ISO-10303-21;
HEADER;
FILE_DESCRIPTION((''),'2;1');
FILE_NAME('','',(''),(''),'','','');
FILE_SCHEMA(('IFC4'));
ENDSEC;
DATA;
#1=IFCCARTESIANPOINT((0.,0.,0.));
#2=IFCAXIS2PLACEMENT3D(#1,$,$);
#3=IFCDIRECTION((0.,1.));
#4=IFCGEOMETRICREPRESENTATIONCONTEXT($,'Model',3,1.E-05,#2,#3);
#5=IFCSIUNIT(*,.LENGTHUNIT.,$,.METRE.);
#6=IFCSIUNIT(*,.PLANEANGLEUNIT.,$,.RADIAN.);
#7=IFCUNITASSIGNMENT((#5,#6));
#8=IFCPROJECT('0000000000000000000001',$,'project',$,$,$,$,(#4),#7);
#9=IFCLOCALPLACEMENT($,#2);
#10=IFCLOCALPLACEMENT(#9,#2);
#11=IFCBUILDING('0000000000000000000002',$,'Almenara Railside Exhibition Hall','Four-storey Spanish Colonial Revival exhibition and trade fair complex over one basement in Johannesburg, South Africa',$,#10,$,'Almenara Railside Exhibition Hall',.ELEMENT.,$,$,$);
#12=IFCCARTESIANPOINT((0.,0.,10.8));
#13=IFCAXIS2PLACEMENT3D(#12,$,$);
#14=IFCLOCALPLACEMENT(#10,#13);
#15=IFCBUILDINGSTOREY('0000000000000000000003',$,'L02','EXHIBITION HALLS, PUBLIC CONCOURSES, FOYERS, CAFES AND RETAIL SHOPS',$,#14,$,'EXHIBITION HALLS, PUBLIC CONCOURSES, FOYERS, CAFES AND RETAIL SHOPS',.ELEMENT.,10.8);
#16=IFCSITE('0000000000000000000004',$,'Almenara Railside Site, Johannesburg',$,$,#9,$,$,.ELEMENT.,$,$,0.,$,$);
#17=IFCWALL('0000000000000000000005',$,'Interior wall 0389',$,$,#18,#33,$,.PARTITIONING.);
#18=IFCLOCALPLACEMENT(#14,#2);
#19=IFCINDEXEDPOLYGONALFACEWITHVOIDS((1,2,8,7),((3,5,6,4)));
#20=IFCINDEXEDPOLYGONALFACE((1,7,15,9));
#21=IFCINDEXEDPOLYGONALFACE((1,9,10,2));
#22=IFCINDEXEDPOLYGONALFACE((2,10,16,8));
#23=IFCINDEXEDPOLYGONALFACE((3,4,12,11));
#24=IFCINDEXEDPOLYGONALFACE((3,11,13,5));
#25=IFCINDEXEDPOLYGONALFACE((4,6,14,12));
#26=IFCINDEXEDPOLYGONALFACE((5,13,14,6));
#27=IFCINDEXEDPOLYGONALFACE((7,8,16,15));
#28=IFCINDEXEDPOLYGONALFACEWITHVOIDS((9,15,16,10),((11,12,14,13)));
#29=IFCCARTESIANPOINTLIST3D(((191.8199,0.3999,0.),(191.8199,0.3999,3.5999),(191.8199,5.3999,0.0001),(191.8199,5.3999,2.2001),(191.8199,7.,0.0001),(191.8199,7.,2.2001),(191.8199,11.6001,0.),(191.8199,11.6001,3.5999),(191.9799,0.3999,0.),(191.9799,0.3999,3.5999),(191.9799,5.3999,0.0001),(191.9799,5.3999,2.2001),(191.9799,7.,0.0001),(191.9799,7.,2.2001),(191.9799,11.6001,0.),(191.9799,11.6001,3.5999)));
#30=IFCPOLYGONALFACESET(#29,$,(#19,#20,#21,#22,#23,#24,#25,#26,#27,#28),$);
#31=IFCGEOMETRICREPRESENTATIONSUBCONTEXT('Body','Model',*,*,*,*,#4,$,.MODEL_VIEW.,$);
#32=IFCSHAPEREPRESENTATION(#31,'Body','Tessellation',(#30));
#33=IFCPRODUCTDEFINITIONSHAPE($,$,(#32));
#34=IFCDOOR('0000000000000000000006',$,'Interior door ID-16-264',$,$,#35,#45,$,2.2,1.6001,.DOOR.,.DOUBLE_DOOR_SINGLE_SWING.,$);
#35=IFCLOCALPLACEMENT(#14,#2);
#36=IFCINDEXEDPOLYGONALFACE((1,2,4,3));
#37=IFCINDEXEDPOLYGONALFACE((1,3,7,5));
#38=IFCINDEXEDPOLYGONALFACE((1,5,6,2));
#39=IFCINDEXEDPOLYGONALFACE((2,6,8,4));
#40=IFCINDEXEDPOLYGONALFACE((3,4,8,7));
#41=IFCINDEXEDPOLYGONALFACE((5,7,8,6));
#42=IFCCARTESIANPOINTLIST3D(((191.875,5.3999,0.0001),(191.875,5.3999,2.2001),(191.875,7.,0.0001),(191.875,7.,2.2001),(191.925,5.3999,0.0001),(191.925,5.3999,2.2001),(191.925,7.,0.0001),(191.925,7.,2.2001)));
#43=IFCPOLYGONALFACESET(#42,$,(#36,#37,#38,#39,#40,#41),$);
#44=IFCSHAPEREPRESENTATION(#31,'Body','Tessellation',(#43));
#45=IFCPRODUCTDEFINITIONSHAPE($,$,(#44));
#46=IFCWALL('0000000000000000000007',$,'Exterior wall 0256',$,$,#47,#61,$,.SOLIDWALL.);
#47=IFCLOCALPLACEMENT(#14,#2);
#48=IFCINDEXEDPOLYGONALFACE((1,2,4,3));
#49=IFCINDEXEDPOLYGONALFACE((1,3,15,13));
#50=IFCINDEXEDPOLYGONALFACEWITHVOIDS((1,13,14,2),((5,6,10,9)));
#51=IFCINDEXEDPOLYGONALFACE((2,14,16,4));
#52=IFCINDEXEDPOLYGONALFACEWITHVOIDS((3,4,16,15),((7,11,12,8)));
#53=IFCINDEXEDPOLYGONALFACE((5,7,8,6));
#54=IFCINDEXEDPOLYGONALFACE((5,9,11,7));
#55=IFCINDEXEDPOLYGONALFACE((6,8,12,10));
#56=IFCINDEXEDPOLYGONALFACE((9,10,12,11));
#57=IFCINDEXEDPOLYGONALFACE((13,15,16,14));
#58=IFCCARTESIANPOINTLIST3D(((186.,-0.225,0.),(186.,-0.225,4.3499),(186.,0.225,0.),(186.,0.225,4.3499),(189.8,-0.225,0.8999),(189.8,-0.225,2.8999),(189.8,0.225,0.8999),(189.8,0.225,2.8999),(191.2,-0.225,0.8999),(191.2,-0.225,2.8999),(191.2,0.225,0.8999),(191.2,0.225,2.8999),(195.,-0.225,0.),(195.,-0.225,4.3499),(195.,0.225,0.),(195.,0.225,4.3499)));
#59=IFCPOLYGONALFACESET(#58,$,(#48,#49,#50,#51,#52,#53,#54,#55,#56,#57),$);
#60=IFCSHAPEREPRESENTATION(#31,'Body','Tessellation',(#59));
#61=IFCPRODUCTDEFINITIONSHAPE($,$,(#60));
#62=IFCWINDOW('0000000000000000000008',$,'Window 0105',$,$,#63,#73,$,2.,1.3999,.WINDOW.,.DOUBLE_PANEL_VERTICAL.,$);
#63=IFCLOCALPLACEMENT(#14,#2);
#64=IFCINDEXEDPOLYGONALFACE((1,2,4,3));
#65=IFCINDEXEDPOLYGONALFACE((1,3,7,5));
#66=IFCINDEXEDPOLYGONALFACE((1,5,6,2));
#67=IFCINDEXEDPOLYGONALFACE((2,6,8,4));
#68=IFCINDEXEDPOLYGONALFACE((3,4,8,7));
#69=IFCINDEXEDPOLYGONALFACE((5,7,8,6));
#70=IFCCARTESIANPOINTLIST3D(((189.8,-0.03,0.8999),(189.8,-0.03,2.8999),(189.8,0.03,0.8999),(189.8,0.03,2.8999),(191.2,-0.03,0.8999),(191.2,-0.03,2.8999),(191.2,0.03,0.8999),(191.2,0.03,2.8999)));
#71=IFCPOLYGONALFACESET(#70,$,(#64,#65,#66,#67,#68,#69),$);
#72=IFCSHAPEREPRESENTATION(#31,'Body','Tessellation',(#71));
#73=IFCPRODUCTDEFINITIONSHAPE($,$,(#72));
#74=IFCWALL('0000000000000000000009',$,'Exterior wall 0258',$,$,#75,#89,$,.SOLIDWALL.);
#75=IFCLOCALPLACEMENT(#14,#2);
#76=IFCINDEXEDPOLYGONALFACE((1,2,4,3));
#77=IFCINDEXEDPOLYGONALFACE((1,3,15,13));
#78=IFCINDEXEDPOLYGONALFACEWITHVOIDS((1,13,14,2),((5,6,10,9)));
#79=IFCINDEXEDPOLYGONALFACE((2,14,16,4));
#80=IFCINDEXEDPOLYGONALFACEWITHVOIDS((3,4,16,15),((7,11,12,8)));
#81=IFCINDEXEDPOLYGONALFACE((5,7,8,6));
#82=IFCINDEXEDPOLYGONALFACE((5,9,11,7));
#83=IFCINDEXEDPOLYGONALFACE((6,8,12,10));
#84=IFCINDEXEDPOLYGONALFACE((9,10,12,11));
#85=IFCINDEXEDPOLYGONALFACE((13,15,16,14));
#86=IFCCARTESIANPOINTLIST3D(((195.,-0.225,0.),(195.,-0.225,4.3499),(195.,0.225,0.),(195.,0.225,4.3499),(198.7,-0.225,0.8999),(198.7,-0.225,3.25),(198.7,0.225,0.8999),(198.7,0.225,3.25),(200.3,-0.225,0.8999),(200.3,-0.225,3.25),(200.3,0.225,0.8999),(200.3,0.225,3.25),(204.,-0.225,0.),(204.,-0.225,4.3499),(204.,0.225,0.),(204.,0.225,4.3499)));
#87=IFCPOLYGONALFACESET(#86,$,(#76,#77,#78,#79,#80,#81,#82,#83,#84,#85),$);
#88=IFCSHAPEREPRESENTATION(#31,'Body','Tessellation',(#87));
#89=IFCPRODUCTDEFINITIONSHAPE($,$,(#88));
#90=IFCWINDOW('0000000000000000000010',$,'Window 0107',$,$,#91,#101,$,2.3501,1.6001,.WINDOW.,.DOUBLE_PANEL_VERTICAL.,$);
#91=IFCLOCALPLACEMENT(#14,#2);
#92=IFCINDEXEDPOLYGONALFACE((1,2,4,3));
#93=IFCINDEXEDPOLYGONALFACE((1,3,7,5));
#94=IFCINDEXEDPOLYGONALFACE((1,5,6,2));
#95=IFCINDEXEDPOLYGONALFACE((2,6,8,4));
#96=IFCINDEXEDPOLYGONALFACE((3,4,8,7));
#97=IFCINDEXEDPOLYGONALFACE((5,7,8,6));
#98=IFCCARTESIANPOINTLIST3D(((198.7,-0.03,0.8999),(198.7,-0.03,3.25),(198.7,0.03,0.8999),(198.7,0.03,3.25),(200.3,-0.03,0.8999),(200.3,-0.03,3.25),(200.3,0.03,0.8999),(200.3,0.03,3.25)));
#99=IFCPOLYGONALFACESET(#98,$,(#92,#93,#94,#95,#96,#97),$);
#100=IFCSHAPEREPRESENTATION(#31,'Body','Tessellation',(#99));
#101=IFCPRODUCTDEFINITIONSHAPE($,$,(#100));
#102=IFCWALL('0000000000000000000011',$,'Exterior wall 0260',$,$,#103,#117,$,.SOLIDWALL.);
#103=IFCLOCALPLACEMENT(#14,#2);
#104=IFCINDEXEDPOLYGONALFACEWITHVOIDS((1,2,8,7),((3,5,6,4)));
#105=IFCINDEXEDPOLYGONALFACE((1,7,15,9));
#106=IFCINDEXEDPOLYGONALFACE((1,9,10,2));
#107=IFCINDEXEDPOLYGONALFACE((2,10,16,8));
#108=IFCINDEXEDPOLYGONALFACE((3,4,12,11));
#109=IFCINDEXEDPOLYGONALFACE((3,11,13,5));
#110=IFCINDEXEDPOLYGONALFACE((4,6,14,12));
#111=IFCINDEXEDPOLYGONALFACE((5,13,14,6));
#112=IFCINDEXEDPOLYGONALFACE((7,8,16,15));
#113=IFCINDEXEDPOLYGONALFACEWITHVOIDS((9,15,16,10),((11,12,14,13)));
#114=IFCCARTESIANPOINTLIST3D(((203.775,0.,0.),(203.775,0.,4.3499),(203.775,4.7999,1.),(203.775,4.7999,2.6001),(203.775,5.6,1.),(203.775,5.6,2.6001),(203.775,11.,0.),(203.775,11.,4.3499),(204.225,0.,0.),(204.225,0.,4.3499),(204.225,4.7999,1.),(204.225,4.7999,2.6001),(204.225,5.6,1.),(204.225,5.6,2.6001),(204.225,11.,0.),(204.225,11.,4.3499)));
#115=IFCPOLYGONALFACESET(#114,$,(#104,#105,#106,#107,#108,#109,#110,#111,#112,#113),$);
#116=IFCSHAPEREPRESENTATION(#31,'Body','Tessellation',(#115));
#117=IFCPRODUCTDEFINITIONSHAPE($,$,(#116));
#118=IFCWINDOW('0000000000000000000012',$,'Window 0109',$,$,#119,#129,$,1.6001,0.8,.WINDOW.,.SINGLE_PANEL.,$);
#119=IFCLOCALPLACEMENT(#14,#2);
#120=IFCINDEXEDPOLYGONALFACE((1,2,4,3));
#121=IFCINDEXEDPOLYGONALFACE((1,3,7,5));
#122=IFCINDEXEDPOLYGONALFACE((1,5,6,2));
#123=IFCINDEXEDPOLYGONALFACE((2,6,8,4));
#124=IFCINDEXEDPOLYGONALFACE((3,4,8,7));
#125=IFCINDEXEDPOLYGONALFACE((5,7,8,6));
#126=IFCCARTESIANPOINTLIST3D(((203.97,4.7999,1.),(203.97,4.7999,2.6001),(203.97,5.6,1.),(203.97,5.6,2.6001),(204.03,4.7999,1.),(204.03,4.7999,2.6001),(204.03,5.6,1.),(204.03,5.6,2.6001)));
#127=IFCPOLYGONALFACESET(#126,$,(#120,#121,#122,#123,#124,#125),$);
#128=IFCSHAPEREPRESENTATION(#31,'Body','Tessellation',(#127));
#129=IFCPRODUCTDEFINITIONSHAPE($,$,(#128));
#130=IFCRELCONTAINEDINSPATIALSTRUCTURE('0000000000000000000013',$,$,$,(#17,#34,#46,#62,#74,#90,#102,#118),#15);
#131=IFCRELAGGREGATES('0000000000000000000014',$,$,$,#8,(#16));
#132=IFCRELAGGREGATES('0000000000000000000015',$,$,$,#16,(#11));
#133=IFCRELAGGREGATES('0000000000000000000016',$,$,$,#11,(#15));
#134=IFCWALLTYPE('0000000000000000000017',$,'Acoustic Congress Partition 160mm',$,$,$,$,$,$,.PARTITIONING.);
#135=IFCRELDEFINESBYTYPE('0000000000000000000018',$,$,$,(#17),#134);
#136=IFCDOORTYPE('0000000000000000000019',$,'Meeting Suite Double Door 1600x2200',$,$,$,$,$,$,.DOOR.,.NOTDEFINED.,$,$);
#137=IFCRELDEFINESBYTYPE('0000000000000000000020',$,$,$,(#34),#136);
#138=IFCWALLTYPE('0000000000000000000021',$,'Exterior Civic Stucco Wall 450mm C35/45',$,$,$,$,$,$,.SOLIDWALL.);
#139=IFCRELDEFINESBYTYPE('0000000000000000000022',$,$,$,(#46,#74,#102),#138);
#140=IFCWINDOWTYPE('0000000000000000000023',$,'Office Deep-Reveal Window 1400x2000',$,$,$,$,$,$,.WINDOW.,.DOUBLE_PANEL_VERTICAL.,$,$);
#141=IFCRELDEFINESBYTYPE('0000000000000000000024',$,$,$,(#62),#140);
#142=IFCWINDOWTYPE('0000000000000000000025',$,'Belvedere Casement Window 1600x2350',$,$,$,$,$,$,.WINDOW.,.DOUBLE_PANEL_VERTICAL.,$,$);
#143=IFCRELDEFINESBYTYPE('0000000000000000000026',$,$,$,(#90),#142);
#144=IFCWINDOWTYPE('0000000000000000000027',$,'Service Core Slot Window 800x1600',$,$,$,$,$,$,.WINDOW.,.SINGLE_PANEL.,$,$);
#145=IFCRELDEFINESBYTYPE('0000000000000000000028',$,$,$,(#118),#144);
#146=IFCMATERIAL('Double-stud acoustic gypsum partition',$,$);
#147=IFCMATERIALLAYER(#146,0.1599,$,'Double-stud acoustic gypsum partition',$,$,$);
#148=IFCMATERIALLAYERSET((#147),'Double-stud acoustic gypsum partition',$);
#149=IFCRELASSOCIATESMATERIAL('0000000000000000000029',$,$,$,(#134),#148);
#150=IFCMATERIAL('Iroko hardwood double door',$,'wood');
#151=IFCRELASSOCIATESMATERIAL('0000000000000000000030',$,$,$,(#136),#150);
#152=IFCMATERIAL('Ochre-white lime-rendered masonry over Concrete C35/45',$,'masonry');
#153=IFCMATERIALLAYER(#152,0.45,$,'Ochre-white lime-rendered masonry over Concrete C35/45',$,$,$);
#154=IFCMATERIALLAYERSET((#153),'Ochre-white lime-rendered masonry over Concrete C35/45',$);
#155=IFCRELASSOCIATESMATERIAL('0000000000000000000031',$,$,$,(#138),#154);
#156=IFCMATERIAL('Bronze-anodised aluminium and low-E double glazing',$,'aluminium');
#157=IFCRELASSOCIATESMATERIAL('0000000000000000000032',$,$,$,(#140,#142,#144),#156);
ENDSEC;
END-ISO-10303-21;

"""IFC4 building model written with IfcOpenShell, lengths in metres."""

from ifc_helpers import new_model, si_unit, direction, frame, frame_2d, origin, place, context, subcontext, project, spatial, rectangle, extrude, material, layer, layer_set, type_object, element, fill, save


model = new_model("IFC4")

# Units and contexts
model_context = context("Model", 3, precision=1e-05, world=origin(), true_north=direction((0.0, 1.0)))
body_context = subcontext(model_context, "Body", "Model", "MODEL_VIEW")
ifc_project = project(units=[si_unit("LENGTHUNIT", "METRE"), si_unit("PLANEANGLEUNIT", "RADIAN")], contexts=[model_context])

# Site, building, storey
site_placement = place(None, origin())
site = spatial("IfcSite", under=ifc_project, at=site_placement, Name="Almenara Railside Site, Johannesburg", CompositionType="ELEMENT", RefElevation=0.0)
building_placement = place(site_placement, origin())
building = spatial("IfcBuilding", under=site, at=building_placement, Name="Almenara Railside Exhibition Hall", Description="Four-storey Spanish Colonial Revival exhibition and trade fair complex over one basement in Johannesburg, South Africa", LongName="Almenara Railside Exhibition Hall", CompositionType="ELEMENT")
storey_placement = place(building_placement, frame((0.0, 0.0, 10.8)))
storey = spatial("IfcBuildingStorey", under=building, at=storey_placement, Name="L02", Description="EXHIBITION HALLS, PUBLIC CONCOURSES, FOYERS, CAFES AND RETAIL SHOPS", LongName="EXHIBITION HALLS, PUBLIC CONCOURSES, FOYERS, CAFES AND RETAIL SHOPS", CompositionType="ELEMENT", Elevation=10.8)

# Wall, opening, door
ifc_material_1 = material(Name="Double-stud acoustic gypsum partition")
ifc_layer_1 = layer(ifc_material_1, 0.1599, Name="Double-stud acoustic gypsum partition")
ifc_layer_set_1 = layer_set([ifc_layer_1], Name="Double-stud acoustic gypsum partition")
wall_type_1 = type_object("IfcWallType", Name="Acoustic Congress Partition 160mm", PredefinedType="PARTITIONING", material=ifc_layer_set_1)
wall_1_placement = place(storey_placement, frame((191.8999, 0.3999, 0.0), z_axis=(0.0, 0.0, 1.0), x_axis=(0.0, 1.0, 0.0)))
wall_1 = element("IfcWall", 1, at=wall_1_placement, inside=storey, type_object=wall_type_1, Name="Interior wall 0389", PredefinedType="PARTITIONING", context=body_context, shape_type="SweptSolid", body=[
    extrude(rectangle(XDim=11.2002, YDim=0.1599, at=frame_2d((5.6001, 0.0))), origin(), (0.0, 0.0, 1.0), 3.5999),
])
opening_1_placement = place(wall_1_placement, frame((5.0, 0.0, 0.0)))
opening_1 = element("IfcOpeningElement", 2, at=opening_1_placement, cuts=wall_1, PredefinedType="OPENING", context=body_context, shape_type="SweptSolid", body=[
    extrude(rectangle(XDim=1.6001, YDim=2.2, at=frame_2d((0.8, 1.1001))), frame((0.0, 0.0898, 0.0), z_axis=(0.0, -1.0, 0.0), x_axis=(1.0, 0.0, 0.0)), (0.0, 0.0, 1.0), 0.1799),
])
ifc_material_2 = material(Name="Iroko hardwood double door", Category="wood")
door_type = type_object("IfcDoorType", Name="Meeting Suite Double Door 1600x2200", OperationType="NOTDEFINED", PredefinedType="DOOR", material=ifc_material_2)
door_placement = place(opening_1_placement, origin())
door = element("IfcDoor", 3, at=door_placement, inside=storey, type_object=door_type, Name="Interior door ID-16-264", OperationType="DOUBLE_DOOR_SINGLE_SWING", OverallHeight=2.2, OverallWidth=1.6001, PredefinedType="DOOR", context=body_context, shape_type="SweptSolid", body=[
    extrude(rectangle(XDim=1.6001, YDim=2.2, at=frame_2d((0.8, 1.1001))), frame((0.0, 0.0249, 0.0), z_axis=(0.0, -1.0, 0.0), x_axis=(1.0, 0.0, 0.0)), (0.0, 0.0, 1.0), 0.05),
])
fill(opening_1, door)

# Walls, openings, windows
ifc_material_3 = material(Name="Ochre-white lime-rendered masonry over Concrete C35/45", Category="masonry")
ifc_layer_2 = layer(ifc_material_3, 0.45, Name="Ochre-white lime-rendered masonry over Concrete C35/45")
ifc_layer_set_2 = layer_set([ifc_layer_2], Name="Ochre-white lime-rendered masonry over Concrete C35/45")
wall_type_2 = type_object("IfcWallType", Name="Exterior Civic Stucco Wall 450mm C35/45", PredefinedType="SOLIDWALL", material=ifc_layer_set_2)
wall_2_placement = place(storey_placement, frame((186.0, 0.0, 0.0), z_axis=(0.0, 0.0, 1.0), x_axis=(1.0, 0.0, 0.0)))
wall_2 = element("IfcWall", 4, at=wall_2_placement, inside=storey, type_object=wall_type_2, Name="Exterior wall 0256", PredefinedType="SOLIDWALL", context=body_context, shape_type="SweptSolid", body=[
    extrude(rectangle(XDim=9.0, YDim=0.45, at=frame_2d((4.5, 0.0))), origin(), (0.0, 0.0, 1.0), 4.3499),
])
opening_2_placement = place(wall_2_placement, frame((3.8, 0.0, 0.8999)))
opening_2 = element("IfcOpeningElement", 5, at=opening_2_placement, cuts=wall_2, PredefinedType="OPENING", context=body_context, shape_type="SweptSolid", body=[
    extrude(rectangle(XDim=1.3999, YDim=2.0, at=frame_2d((0.7, 1.0))), frame((0.0, 0.2349, 0.0), z_axis=(0.0, -1.0, 0.0), x_axis=(1.0, 0.0, 0.0)), (0.0, 0.0, 1.0), 0.47),
])
ifc_material_4 = material(Name="Bronze-anodised aluminium and low-E double glazing", Category="aluminium")
window_type_1 = type_object("IfcWindowType", Name="Office Deep-Reveal Window 1400x2000", PartitioningType="DOUBLE_PANEL_VERTICAL", PredefinedType="WINDOW", material=ifc_material_4)
window_1_placement = place(opening_2_placement, origin())
window_1 = element("IfcWindow", 6, at=window_1_placement, inside=storey, type_object=window_type_1, Name="Window 0105", OverallHeight=2.0, OverallWidth=1.3999, PartitioningType="DOUBLE_PANEL_VERTICAL", PredefinedType="WINDOW", context=body_context, shape_type="SweptSolid", body=[
    extrude(rectangle(XDim=1.3999, YDim=2.0, at=frame_2d((0.7, 1.0))), frame((0.0, 0.03, 0.0), z_axis=(0.0, -1.0, 0.0), x_axis=(1.0, 0.0, 0.0)), (0.0, 0.0, 1.0), 0.0601),
])
fill(opening_2, window_1)
wall_3_placement = place(storey_placement, frame((195.0, 0.0, 0.0), z_axis=(0.0, 0.0, 1.0), x_axis=(1.0, 0.0, 0.0)))
wall_3 = element("IfcWall", 7, at=wall_3_placement, inside=storey, type_object=wall_type_2, Name="Exterior wall 0258", PredefinedType="SOLIDWALL", context=body_context, shape_type="SweptSolid", body=[
    extrude(rectangle(XDim=9.0, YDim=0.45, at=frame_2d((4.5, 0.0))), origin(), (0.0, 0.0, 1.0), 4.3499),
])
opening_3_placement = place(wall_3_placement, frame((3.7, 0.0, 0.8999)))
opening_3 = element("IfcOpeningElement", 8, at=opening_3_placement, cuts=wall_3, PredefinedType="OPENING", context=body_context, shape_type="SweptSolid", body=[
    extrude(rectangle(XDim=1.6001, YDim=2.3501, at=frame_2d((0.8, 1.175))), frame((0.0, 0.2349, 0.0), z_axis=(0.0, -1.0, 0.0), x_axis=(1.0, 0.0, 0.0)), (0.0, 0.0, 1.0), 0.47),
])
window_type_2 = type_object("IfcWindowType", Name="Belvedere Casement Window 1600x2350", PartitioningType="DOUBLE_PANEL_VERTICAL", PredefinedType="WINDOW", material=ifc_material_4)
window_2_placement = place(opening_3_placement, origin())
window_2 = element("IfcWindow", 9, at=window_2_placement, inside=storey, type_object=window_type_2, Name="Window 0107", OverallHeight=2.3501, OverallWidth=1.6001, PartitioningType="DOUBLE_PANEL_VERTICAL", PredefinedType="WINDOW", context=body_context, shape_type="SweptSolid", body=[
    extrude(rectangle(XDim=1.6001, YDim=2.3501, at=frame_2d((0.8, 1.175))), frame((0.0, 0.03, 0.0), z_axis=(0.0, -1.0, 0.0), x_axis=(1.0, 0.0, 0.0)), (0.0, 0.0, 1.0), 0.0601),
])
fill(opening_3, window_2)
wall_4_placement = place(storey_placement, frame((204.0, 0.0, 0.0), z_axis=(0.0, 0.0, 1.0), x_axis=(0.0, 1.0, 0.0)))
wall_4 = element("IfcWall", 10, at=wall_4_placement, inside=storey, type_object=wall_type_2, Name="Exterior wall 0260", PredefinedType="SOLIDWALL", context=body_context, shape_type="SweptSolid", body=[
    extrude(rectangle(XDim=11.0, YDim=0.45, at=frame_2d((5.5, 0.0))), origin(), (0.0, 0.0, 1.0), 4.3499),
])
opening_4_placement = place(wall_4_placement, frame((4.8, 0.0, 1.0)))
opening_4 = element("IfcOpeningElement", 11, at=opening_4_placement, cuts=wall_4, PredefinedType="OPENING", context=body_context, shape_type="SweptSolid", body=[
    extrude(rectangle(XDim=0.8, YDim=1.6001, at=frame_2d((0.3999, 0.8))), frame((0.0, 0.2349, 0.0), z_axis=(0.0, -1.0, 0.0), x_axis=(1.0, 0.0, 0.0)), (0.0, 0.0, 1.0), 0.47),
])
window_type_3 = type_object("IfcWindowType", Name="Service Core Slot Window 800x1600", PartitioningType="SINGLE_PANEL", PredefinedType="WINDOW", material=ifc_material_4)
window_3_placement = place(opening_4_placement, origin())
window_3 = element("IfcWindow", 12, at=window_3_placement, inside=storey, type_object=window_type_3, Name="Window 0109", OverallHeight=1.6001, OverallWidth=0.8, PartitioningType="SINGLE_PANEL", PredefinedType="WINDOW", context=body_context, shape_type="SweptSolid", body=[
    extrude(rectangle(XDim=0.8, YDim=1.6001, at=frame_2d((0.3999, 0.8))), frame((0.0, 0.03, 0.0), z_axis=(0.0, -1.0, 0.0), x_axis=(1.0, 0.0, 0.0)), (0.0, 0.0, 1.0), 0.0601),
])
fill(opening_4, window_3)

save(model, "model.ifc")
